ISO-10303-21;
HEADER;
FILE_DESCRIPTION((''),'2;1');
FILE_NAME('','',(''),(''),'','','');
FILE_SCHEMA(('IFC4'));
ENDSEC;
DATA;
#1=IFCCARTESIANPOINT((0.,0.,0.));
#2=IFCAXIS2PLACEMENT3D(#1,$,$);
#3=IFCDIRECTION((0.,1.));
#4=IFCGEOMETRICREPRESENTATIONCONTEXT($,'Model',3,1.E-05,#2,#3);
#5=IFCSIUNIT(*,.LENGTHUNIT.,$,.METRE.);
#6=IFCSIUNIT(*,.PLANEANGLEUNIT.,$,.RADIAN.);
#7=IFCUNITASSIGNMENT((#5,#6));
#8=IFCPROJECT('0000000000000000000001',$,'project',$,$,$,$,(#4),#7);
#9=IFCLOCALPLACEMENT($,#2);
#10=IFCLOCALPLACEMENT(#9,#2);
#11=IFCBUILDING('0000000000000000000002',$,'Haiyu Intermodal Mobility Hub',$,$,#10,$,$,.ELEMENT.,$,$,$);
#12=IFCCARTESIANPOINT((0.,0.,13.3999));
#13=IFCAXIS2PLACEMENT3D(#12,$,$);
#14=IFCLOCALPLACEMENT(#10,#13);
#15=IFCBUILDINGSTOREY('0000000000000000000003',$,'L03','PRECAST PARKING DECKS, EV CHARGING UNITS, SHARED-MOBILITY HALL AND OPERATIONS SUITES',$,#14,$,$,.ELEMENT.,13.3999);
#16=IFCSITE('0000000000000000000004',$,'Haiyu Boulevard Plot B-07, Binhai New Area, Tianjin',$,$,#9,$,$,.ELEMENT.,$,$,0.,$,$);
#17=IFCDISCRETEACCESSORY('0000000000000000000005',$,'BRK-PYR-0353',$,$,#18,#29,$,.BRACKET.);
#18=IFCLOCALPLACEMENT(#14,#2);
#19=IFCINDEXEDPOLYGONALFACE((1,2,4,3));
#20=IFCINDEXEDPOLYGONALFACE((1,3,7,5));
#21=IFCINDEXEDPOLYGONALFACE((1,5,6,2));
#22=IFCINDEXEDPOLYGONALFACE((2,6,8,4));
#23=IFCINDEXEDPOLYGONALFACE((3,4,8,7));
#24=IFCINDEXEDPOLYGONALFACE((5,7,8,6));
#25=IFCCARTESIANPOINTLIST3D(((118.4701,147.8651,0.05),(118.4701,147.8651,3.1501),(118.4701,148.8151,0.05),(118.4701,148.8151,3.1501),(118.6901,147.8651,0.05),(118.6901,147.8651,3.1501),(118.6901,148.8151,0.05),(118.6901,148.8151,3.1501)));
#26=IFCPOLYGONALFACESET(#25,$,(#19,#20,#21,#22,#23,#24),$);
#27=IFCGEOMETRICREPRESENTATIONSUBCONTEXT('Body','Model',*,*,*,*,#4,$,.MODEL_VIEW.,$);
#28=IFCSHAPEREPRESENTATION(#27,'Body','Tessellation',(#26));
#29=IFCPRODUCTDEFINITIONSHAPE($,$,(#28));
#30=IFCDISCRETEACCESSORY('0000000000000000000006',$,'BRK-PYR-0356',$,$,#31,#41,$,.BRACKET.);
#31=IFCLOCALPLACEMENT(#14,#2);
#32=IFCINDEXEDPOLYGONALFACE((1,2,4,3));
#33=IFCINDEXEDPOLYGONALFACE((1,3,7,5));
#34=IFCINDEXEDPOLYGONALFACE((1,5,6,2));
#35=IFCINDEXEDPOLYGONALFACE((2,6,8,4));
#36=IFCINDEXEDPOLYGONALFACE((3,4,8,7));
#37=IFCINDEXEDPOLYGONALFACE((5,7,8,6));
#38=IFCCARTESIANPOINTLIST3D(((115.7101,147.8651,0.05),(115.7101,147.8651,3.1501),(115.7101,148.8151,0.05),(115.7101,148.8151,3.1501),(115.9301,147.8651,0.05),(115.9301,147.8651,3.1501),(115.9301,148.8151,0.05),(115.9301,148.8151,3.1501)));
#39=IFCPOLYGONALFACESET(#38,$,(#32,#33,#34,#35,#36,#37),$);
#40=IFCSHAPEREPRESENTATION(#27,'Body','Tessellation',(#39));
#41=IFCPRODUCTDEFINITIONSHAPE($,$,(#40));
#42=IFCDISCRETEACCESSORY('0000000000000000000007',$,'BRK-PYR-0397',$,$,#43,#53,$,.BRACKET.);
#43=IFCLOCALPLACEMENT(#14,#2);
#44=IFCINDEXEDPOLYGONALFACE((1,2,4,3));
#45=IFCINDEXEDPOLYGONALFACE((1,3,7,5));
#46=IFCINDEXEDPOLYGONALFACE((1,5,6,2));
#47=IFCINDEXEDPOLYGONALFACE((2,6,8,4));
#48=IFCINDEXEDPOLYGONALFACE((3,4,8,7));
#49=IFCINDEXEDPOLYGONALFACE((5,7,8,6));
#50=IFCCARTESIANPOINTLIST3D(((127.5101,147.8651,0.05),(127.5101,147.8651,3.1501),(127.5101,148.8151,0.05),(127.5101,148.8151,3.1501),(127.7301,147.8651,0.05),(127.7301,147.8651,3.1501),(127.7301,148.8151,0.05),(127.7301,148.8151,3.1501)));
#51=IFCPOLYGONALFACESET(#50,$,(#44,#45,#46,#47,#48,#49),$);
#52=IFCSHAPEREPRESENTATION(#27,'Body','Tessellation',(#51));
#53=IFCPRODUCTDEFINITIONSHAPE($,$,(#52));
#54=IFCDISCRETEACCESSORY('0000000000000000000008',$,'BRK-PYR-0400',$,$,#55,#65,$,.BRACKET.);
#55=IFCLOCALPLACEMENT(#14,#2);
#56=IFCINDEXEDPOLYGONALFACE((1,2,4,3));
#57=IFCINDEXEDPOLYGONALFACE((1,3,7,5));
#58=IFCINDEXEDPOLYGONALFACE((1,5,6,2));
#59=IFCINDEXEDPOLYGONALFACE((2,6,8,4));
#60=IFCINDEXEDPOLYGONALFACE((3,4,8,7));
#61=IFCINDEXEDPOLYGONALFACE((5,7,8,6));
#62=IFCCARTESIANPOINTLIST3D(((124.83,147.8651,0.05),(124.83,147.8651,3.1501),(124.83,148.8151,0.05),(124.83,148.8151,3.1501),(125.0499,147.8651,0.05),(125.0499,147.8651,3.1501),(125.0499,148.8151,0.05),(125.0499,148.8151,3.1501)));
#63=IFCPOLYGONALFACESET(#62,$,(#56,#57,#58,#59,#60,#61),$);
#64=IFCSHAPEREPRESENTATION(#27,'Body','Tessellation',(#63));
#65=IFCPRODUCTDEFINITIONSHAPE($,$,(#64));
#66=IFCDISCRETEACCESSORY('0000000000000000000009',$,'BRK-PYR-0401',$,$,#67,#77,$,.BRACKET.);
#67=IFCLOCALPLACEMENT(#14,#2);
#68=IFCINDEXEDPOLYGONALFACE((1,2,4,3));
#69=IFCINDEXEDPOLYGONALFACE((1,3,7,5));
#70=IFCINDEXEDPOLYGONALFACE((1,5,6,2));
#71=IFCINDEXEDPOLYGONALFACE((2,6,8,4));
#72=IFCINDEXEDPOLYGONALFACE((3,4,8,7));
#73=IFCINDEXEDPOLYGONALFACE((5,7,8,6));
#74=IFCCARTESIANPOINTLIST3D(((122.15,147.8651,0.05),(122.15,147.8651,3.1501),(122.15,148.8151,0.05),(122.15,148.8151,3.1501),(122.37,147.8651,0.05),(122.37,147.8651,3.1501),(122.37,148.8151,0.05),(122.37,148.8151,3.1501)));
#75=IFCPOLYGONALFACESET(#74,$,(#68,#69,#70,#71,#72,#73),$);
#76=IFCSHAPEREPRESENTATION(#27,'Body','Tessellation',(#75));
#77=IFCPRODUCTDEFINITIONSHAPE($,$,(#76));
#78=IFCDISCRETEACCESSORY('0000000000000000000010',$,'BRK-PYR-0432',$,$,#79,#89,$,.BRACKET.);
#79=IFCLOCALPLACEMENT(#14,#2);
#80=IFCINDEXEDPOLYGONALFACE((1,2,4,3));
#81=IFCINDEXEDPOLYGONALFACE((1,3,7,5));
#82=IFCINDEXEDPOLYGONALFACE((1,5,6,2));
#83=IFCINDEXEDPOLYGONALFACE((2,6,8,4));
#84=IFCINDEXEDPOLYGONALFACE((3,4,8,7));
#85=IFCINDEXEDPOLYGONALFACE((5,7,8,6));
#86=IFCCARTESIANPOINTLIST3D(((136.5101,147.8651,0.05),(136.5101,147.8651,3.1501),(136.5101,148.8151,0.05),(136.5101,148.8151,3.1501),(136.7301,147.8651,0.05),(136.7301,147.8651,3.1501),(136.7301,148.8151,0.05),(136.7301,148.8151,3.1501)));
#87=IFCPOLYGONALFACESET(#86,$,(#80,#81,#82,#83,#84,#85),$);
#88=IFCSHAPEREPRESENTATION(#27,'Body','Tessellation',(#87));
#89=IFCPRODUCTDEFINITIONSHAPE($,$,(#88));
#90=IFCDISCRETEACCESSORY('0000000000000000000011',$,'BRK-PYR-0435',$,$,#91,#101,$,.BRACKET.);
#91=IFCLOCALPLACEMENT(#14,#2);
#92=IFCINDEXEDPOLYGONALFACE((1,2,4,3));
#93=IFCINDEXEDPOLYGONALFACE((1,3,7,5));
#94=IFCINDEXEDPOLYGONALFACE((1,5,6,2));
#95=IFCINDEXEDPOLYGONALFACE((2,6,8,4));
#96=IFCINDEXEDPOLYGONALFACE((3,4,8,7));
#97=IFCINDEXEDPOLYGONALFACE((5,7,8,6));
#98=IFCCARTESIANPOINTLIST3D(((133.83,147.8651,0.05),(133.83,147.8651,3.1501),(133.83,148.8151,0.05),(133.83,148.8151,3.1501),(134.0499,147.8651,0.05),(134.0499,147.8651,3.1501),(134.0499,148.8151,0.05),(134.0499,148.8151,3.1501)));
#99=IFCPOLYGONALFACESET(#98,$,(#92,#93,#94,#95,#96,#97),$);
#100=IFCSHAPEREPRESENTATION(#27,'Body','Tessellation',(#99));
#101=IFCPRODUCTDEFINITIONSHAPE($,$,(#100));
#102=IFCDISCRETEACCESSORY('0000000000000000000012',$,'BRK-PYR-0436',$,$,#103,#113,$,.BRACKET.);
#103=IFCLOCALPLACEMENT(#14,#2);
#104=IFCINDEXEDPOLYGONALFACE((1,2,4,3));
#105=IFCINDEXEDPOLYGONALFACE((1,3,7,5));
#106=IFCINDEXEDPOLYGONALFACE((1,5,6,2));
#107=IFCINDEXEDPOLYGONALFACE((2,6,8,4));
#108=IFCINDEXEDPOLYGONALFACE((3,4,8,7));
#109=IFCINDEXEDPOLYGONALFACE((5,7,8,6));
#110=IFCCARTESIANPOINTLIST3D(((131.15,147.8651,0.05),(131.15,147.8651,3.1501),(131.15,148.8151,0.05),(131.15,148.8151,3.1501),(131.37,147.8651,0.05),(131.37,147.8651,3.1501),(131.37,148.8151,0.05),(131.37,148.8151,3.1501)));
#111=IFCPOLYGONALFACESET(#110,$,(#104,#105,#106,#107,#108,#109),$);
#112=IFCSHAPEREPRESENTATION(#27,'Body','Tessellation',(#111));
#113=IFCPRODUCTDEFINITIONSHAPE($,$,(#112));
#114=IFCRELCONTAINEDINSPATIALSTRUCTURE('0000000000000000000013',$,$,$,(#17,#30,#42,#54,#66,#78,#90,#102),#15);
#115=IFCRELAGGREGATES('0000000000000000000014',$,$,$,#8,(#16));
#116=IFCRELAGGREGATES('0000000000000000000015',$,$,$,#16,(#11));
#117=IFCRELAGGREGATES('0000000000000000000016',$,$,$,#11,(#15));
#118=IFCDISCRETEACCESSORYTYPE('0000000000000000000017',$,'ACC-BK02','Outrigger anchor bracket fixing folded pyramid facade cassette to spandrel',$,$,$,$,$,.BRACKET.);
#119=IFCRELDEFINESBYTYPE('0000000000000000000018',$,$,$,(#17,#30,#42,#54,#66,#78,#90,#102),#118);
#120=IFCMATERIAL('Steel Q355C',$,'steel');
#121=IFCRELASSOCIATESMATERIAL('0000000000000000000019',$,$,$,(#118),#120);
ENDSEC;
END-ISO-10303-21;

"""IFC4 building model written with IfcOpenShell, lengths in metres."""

from ifc_helpers import new_model, si_unit, direction, frame, origin, origin_2d, place, context, subcontext, project, spatial, rectangle, extrude, material, type_object, element, save


model = new_model("IFC4")

# Units and contexts
model_context = context("Model", 3, precision=1e-05, world=origin(), true_north=direction((0.0, 1.0)))
body_context = subcontext(model_context, "Body", "Model", "MODEL_VIEW")
ifc_project = project(units=[si_unit("LENGTHUNIT", "METRE"), si_unit("PLANEANGLEUNIT", "RADIAN")], contexts=[model_context])

# Site, building, storey
site_placement = place(None, origin())
site = spatial("IfcSite", under=ifc_project, at=site_placement, Name="Haiyu Boulevard Plot B-07, Binhai New Area, Tianjin", CompositionType="ELEMENT", RefElevation=0.0)
building_placement = place(site_placement, origin())
building = spatial("IfcBuilding", under=site, at=building_placement, Name="Haiyu Intermodal Mobility Hub", CompositionType="ELEMENT")
storey_placement = place(building_placement, frame((0.0, 0.0, 13.3999)))
storey = spatial("IfcBuildingStorey", under=building, at=storey_placement, Name="L03", Description="PRECAST PARKING DECKS, EV CHARGING UNITS, SHARED-MOBILITY HALL AND OPERATIONS SUITES", CompositionType="ELEMENT", Elevation=13.3999)

# Shared definitions
ifc_material_1 = material(Name="Steel Q355C", Category="steel")

# Discrete accessories
discrete_accessory_type_1 = type_object("IfcDiscreteAccessoryType", Name="ACC-BK02", Description="Outrigger anchor bracket fixing folded pyramid facade cassette to spandrel", PredefinedType="BRACKET", material=ifc_material_1)
for number, where, z_axis, x_axis, name in (
    (1, (118.5801, 148.3401, 0.05), (0.0, 0.0, 1.0), (1.0, 0.0, 0.0), "BRK-PYR-0353"),
    (2, (115.8201, 148.3401, 0.05), (0.0, 0.0, 1.0), (1.0, 0.0, 0.0), "BRK-PYR-0356"),
    (3, (127.6201, 148.3401, 0.05), (0.0, 0.0, 1.0), (1.0, 0.0, 0.0), "BRK-PYR-0397"),
    (4, (124.9399, 148.3401, 0.05), (0.0, 0.0, 1.0), (1.0, 0.0, 0.0), "BRK-PYR-0400"),
    (5, (122.26, 148.3401, 0.05), (0.0, 0.0, 1.0), (1.0, 0.0, 0.0), "BRK-PYR-0401"),
    (6, (136.6201, 148.3401, 0.05), (0.0, 0.0, 1.0), (1.0, 0.0, 0.0), "BRK-PYR-0432"),
    (7, (133.9399, 148.3401, 0.05), (0.0, 0.0, 1.0), (1.0, 0.0, 0.0), "BRK-PYR-0435"),
    (8, (131.26, 148.3401, 0.05), (0.0, 0.0, 1.0), (1.0, 0.0, 0.0), "BRK-PYR-0436"),
):
    element("IfcDiscreteAccessory", number, at=place(storey_placement, frame(where, z_axis=z_axis, x_axis=x_axis)), inside=storey, type_object=discrete_accessory_type_1, Name=name, PredefinedType="BRACKET", context=body_context, shape_type="SweptSolid", body=[
        extrude(rectangle(XDim=0.22, YDim=0.95, at=origin_2d()), origin(), (0.0, 0.0, 1.0), 3.1001),
    ])

save(model, "model.ifc")
